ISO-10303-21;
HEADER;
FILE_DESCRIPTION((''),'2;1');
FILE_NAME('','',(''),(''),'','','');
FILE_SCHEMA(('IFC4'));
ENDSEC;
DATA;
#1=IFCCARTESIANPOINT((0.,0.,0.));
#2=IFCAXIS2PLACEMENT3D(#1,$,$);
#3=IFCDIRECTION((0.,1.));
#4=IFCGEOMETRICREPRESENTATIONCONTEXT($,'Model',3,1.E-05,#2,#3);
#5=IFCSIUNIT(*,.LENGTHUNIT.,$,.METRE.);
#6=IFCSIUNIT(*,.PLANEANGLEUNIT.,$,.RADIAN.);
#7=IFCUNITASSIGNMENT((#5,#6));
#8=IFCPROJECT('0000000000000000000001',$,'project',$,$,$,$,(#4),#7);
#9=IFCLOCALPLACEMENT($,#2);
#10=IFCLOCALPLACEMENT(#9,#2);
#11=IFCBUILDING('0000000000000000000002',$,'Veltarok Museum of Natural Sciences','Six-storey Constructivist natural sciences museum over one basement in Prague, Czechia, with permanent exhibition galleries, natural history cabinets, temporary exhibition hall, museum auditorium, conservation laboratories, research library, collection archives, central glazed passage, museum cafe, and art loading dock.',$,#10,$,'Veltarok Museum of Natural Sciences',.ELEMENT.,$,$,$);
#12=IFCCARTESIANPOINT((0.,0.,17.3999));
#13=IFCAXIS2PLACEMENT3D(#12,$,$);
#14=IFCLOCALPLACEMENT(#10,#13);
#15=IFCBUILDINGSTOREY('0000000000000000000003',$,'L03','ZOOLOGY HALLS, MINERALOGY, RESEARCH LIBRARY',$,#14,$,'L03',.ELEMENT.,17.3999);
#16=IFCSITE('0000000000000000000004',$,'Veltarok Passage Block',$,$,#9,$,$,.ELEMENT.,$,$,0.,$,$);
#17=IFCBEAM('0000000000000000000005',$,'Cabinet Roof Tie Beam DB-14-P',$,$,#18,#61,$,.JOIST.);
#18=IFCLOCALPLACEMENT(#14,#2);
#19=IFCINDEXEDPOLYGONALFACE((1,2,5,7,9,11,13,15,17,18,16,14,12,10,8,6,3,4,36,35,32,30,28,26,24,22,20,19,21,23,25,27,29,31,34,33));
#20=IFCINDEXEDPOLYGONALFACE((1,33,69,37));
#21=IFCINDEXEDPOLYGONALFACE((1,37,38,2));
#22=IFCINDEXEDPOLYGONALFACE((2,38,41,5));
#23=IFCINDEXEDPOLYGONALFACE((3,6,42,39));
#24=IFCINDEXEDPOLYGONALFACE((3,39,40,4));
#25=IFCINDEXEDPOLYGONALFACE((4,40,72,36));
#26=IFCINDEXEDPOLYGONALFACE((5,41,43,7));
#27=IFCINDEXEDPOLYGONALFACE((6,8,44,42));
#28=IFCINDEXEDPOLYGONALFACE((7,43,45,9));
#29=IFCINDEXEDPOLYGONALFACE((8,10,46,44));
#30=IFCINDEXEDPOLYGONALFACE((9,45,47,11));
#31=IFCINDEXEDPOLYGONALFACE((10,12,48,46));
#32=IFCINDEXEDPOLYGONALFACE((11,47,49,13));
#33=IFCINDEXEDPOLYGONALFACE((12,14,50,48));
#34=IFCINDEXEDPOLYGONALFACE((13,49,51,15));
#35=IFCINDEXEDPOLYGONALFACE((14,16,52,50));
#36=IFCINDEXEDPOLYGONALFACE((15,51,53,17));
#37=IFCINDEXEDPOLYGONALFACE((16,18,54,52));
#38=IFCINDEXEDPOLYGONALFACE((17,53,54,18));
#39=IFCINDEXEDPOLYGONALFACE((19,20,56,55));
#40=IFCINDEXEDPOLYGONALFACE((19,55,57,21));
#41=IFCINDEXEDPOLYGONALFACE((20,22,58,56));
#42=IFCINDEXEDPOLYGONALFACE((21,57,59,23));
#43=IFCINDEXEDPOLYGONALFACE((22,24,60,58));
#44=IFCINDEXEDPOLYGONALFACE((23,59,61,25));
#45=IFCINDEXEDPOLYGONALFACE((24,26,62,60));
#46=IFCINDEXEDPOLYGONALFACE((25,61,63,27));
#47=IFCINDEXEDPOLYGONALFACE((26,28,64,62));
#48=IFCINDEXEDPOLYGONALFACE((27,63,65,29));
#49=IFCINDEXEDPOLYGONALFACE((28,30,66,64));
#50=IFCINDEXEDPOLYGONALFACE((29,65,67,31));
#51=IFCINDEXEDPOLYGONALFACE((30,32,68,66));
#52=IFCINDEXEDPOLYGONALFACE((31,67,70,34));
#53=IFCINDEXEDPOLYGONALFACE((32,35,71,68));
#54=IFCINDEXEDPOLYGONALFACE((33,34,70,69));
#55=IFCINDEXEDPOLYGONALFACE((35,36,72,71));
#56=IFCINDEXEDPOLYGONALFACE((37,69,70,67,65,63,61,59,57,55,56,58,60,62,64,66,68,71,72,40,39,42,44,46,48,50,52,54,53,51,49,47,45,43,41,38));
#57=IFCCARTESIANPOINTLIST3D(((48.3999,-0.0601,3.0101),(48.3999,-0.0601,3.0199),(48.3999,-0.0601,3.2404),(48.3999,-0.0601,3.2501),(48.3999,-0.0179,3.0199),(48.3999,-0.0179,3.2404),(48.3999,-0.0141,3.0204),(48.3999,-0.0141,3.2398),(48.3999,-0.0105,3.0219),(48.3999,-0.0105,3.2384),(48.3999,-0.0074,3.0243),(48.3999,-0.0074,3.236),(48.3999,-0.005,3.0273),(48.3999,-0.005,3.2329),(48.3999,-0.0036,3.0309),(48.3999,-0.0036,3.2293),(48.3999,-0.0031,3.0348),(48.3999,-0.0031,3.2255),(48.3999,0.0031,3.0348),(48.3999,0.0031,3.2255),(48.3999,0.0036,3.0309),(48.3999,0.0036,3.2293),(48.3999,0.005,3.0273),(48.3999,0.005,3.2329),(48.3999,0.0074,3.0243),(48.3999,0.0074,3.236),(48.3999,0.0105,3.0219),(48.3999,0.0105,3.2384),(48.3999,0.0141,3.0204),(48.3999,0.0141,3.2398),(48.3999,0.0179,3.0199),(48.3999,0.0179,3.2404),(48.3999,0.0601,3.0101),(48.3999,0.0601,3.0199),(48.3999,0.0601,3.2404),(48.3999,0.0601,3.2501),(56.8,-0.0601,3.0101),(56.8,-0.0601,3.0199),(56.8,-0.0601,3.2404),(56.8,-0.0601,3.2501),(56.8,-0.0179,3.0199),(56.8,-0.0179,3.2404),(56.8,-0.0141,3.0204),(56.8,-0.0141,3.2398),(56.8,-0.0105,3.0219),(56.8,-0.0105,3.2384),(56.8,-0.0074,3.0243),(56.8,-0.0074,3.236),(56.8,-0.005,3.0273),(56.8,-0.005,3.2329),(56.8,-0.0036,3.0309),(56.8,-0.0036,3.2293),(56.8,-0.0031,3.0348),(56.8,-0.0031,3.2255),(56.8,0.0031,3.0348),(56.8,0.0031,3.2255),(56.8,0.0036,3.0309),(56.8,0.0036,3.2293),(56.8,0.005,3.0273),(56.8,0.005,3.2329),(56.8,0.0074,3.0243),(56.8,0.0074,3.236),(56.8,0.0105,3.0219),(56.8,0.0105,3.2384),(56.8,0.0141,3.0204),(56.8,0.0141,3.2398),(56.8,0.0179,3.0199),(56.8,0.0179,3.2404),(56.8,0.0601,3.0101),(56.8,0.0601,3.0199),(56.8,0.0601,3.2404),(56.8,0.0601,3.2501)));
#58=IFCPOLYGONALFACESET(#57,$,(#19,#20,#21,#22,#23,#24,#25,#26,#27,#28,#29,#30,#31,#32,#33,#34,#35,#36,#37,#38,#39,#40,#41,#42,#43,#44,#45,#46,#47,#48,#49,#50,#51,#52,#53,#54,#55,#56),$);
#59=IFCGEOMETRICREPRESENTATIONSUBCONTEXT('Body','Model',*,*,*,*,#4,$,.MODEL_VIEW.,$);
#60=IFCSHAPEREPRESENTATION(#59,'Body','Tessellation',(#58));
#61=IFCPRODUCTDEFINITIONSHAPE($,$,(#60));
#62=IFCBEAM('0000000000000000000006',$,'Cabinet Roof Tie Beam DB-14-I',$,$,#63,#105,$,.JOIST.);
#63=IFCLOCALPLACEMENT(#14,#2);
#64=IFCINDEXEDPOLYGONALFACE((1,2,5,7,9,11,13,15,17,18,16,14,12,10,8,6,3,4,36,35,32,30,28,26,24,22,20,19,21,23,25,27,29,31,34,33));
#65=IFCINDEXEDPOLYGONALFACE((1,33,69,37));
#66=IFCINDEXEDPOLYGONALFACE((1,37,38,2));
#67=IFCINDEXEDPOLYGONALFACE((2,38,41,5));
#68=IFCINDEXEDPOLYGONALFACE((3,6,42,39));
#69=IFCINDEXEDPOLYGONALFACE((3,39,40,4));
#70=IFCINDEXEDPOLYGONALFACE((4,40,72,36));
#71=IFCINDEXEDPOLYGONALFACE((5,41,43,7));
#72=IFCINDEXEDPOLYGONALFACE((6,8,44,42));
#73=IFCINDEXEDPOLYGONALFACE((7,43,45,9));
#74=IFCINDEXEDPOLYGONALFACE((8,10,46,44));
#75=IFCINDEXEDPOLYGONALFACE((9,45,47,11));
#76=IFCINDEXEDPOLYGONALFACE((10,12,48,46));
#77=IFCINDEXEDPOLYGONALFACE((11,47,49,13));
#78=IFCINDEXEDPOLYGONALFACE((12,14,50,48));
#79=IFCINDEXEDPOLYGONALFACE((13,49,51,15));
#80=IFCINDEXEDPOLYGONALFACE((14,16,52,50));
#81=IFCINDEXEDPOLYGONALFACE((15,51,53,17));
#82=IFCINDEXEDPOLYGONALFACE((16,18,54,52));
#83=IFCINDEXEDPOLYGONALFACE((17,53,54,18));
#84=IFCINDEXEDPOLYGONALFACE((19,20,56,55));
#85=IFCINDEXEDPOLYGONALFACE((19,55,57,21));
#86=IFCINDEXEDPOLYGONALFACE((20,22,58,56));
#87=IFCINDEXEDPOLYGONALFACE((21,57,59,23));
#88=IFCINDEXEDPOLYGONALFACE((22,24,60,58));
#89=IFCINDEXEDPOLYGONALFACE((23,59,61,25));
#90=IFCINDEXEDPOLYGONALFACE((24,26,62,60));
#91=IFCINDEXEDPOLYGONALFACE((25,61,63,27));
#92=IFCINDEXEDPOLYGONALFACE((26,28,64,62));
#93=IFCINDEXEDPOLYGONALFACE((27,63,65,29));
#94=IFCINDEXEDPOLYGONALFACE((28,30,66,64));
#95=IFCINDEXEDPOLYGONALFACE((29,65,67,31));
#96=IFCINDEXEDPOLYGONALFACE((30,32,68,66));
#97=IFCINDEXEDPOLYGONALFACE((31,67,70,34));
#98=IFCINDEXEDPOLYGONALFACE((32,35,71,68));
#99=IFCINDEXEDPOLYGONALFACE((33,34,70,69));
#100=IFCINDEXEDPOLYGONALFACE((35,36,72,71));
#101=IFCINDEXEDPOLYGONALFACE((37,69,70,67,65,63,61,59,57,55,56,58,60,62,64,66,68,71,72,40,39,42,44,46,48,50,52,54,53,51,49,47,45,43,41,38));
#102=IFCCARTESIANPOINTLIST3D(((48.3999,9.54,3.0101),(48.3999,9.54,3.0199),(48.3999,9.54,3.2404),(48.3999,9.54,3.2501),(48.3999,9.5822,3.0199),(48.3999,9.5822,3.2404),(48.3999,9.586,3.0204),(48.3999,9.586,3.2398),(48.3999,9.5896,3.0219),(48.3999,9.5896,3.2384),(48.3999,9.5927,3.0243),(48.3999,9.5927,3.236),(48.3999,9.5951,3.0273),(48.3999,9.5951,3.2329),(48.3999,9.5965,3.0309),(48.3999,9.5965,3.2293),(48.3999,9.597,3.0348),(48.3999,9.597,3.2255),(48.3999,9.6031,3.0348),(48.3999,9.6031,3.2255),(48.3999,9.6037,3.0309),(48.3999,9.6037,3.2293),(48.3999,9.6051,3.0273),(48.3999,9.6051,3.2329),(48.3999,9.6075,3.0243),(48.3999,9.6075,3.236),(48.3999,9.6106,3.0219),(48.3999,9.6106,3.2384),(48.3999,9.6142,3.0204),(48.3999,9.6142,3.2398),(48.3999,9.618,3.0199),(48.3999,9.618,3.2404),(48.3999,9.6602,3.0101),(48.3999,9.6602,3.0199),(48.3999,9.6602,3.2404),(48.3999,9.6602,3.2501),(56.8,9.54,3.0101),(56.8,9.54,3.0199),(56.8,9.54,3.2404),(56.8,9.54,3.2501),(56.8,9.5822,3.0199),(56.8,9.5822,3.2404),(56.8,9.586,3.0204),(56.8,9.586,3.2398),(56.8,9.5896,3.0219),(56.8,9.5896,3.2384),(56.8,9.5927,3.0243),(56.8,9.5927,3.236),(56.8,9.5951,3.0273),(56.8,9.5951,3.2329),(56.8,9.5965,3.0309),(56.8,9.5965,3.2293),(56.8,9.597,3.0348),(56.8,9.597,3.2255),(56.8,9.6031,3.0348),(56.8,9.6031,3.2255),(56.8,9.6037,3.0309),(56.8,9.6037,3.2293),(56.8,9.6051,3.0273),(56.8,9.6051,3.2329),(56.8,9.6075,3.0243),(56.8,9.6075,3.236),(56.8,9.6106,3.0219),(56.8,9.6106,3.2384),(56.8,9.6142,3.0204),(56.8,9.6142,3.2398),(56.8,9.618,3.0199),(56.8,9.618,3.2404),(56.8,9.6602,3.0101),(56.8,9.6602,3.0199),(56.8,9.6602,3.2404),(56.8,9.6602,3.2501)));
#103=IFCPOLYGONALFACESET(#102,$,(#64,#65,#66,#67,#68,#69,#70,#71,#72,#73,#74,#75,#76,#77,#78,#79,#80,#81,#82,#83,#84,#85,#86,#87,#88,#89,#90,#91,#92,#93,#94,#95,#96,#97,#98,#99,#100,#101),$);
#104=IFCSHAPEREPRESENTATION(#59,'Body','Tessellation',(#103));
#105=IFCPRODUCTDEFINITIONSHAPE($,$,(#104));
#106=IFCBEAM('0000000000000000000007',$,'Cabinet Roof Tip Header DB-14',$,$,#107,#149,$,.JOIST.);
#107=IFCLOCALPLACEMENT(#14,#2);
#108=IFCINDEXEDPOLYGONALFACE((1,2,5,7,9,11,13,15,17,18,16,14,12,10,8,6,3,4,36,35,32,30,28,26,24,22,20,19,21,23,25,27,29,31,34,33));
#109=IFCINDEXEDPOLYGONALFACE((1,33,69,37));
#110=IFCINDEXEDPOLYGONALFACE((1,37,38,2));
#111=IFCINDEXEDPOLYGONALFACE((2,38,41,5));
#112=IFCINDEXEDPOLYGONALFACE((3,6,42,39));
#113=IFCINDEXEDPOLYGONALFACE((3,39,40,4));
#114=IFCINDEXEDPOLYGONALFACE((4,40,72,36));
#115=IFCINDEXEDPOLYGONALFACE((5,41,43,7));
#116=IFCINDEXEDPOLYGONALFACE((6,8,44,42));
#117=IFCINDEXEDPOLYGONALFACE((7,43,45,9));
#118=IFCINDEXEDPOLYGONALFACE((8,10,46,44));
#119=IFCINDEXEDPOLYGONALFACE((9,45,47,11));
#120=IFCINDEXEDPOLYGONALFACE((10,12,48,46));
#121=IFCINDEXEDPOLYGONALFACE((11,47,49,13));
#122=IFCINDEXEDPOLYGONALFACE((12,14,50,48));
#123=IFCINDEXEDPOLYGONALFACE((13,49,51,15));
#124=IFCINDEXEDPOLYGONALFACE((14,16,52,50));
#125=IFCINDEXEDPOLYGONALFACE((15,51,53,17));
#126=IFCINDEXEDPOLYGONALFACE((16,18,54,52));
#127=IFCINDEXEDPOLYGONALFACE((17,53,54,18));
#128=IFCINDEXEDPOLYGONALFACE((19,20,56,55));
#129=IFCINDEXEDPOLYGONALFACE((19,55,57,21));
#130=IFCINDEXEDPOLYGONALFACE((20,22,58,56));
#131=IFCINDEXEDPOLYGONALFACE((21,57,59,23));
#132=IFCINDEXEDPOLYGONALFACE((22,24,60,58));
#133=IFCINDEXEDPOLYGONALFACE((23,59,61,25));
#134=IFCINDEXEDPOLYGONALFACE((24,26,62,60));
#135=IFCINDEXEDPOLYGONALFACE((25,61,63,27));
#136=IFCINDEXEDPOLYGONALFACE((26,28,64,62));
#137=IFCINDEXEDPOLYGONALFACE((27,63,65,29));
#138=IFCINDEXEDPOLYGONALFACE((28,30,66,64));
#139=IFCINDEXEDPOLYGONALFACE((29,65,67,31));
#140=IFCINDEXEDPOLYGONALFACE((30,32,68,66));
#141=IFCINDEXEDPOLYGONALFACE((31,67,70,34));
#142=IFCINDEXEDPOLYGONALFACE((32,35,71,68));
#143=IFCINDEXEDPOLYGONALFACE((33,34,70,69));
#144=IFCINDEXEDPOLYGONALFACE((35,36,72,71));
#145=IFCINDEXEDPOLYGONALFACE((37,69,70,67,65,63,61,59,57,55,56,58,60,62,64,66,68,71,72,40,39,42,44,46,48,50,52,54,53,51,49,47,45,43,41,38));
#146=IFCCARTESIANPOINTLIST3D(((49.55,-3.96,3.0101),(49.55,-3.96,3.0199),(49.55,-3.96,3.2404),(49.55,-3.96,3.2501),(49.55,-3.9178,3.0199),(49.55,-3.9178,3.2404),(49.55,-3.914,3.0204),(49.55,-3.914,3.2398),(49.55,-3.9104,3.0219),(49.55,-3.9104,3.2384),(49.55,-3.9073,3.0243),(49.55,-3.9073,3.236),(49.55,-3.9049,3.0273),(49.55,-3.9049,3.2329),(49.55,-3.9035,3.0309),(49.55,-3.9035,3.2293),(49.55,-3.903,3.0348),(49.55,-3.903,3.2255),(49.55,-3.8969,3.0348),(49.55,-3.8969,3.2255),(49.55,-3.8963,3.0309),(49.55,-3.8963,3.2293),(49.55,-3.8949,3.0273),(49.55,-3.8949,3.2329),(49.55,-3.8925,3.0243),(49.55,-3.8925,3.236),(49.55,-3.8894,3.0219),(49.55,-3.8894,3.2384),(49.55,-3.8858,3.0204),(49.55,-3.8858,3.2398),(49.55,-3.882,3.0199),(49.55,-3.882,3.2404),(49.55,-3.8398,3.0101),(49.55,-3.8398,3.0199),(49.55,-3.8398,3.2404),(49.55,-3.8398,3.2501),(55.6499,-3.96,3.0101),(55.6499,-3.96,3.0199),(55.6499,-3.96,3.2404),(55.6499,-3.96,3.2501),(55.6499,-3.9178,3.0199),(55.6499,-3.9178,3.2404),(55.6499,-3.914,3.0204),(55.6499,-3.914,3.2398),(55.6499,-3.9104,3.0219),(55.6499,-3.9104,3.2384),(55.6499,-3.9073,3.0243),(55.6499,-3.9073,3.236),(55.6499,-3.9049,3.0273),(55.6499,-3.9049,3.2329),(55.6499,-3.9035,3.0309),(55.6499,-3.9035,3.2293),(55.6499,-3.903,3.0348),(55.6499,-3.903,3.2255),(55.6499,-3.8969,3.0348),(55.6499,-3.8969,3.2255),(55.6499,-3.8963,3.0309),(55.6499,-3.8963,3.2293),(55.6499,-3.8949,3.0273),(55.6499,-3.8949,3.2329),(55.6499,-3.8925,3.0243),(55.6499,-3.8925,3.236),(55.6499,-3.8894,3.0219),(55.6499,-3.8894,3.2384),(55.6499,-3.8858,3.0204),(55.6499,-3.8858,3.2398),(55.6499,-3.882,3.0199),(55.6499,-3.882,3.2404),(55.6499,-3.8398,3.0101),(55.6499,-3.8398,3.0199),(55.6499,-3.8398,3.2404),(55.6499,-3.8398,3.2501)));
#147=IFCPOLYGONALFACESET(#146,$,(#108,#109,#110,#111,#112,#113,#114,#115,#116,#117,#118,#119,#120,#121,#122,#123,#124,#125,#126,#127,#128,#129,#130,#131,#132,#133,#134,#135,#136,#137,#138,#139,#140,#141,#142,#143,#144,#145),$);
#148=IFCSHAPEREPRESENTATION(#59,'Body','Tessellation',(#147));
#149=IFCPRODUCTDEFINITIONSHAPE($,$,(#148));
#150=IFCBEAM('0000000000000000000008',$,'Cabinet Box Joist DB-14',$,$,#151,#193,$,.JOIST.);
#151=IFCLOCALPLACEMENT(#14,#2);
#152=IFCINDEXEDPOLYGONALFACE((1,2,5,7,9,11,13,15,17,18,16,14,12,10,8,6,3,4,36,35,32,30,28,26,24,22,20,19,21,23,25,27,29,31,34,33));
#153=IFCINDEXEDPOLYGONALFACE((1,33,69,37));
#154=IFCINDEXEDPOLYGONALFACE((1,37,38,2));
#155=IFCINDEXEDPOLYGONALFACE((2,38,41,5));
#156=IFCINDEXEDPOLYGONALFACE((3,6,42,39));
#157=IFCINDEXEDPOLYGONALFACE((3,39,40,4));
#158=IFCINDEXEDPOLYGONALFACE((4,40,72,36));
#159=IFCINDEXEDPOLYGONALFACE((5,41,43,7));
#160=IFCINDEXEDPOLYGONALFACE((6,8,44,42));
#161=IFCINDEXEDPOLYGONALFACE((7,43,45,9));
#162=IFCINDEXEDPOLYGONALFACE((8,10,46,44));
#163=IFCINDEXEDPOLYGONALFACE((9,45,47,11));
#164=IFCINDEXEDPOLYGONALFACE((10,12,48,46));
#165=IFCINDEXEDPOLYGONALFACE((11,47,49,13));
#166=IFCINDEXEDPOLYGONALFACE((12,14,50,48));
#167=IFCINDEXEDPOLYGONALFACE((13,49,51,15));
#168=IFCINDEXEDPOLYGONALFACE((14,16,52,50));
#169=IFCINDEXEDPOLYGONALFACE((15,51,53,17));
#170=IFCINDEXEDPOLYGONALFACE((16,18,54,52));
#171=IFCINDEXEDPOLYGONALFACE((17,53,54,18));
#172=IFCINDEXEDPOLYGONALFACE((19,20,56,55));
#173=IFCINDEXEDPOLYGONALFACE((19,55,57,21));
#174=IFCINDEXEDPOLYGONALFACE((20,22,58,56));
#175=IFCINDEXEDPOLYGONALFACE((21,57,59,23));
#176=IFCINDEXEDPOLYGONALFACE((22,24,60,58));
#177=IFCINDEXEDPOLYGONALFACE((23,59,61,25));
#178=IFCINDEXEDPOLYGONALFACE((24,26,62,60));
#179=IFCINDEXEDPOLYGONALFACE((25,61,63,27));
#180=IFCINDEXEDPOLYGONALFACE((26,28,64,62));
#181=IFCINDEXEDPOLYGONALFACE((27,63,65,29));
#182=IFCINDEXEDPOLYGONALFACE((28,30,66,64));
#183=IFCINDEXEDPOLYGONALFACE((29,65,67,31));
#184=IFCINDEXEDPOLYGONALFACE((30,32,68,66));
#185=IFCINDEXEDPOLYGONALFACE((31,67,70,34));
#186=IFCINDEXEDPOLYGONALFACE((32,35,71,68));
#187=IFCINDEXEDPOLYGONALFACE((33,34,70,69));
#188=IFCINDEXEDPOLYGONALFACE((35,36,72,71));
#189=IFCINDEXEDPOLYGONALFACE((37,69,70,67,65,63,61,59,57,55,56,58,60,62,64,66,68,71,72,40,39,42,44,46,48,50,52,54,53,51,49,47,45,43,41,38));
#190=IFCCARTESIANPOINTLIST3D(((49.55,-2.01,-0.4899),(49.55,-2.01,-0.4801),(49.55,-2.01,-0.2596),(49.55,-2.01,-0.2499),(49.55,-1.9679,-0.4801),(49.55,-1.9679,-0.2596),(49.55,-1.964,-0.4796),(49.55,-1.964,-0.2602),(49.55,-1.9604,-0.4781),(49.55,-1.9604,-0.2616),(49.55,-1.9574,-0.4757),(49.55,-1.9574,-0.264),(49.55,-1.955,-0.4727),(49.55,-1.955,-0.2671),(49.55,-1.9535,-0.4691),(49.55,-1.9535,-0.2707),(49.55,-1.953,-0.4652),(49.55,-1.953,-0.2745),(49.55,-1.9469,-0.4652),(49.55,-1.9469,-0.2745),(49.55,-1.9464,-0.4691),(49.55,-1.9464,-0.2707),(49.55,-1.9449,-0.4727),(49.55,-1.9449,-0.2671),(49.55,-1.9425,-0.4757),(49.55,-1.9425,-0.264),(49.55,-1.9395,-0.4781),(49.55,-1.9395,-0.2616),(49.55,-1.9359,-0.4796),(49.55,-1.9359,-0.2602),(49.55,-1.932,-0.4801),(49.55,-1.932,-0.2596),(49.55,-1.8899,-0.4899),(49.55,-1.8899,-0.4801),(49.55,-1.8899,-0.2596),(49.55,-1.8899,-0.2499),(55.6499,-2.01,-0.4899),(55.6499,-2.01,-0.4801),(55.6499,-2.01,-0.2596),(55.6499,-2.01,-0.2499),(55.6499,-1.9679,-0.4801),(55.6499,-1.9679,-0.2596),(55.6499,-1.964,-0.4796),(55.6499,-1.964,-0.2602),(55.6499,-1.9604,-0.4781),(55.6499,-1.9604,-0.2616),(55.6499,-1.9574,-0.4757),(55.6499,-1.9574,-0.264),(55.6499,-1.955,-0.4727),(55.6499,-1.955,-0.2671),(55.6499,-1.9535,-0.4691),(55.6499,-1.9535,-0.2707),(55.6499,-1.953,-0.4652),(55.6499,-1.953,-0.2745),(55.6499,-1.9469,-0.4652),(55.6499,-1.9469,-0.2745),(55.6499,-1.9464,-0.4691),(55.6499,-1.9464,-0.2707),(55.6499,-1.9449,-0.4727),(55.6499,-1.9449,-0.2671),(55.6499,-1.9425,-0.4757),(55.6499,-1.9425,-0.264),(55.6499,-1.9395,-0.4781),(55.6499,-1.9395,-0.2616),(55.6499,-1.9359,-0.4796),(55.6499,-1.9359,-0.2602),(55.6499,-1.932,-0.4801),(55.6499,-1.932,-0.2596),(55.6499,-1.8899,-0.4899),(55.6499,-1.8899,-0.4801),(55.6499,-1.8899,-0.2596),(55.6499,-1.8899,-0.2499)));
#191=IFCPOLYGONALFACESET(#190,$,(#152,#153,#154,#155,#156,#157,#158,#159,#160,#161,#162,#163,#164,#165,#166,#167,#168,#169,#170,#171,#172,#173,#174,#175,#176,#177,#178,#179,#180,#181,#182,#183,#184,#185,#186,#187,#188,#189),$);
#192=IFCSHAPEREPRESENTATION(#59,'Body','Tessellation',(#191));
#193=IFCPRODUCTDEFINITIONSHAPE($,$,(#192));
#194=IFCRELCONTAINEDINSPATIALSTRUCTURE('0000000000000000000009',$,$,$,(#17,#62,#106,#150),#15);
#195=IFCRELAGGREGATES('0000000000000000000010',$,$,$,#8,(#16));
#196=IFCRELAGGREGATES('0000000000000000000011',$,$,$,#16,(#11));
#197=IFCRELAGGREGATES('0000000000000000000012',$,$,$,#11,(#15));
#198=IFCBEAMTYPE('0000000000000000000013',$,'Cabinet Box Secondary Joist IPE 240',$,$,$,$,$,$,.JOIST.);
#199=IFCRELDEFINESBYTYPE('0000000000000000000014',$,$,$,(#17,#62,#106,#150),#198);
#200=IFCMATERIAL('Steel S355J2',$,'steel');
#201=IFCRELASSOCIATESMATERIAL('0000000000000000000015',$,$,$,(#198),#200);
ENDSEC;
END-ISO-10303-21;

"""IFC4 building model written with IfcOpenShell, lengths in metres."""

from ifc_helpers import new_model, si_unit, direction, frame, origin, origin_2d, place, context, subcontext, project, spatial, i_section, extrude, material, material_profile, profile_set, type_object, element, save


model = new_model("IFC4")

# Units and contexts
model_context = context("Model", 3, precision=1e-05, world=origin(), true_north=direction((0.0, 1.0)))
body_context = subcontext(model_context, "Body", "Model", "MODEL_VIEW")
ifc_project = project(units=[si_unit("LENGTHUNIT", "METRE"), si_unit("PLANEANGLEUNIT", "RADIAN")], contexts=[model_context])

# Site, building, storey
site_placement = place(None, origin())
site = spatial("IfcSite", under=ifc_project, at=site_placement, Name="Veltarok Passage Block", CompositionType="ELEMENT", RefElevation=0.0)
building_placement = place(site_placement, origin())
building = spatial("IfcBuilding", under=site, at=building_placement, Name="Veltarok Museum of Natural Sciences", Description="Six-storey Constructivist natural sciences museum over one basement in Prague, Czechia, with permanent exhibition galleries, natural history cabinets, temporary exhibition hall, museum auditorium, conservation laboratories, research library, collection archives, central glazed passage, museum cafe, and art loading dock.", LongName="Veltarok Museum of Natural Sciences", CompositionType="ELEMENT")
storey_placement = place(building_placement, frame((0.0, 0.0, 17.3999)))
storey = spatial("IfcBuildingStorey", under=building, at=storey_placement, Name="L03", Description="ZOOLOGY HALLS, MINERALOGY, RESEARCH LIBRARY", LongName="L03", CompositionType="ELEMENT", Elevation=17.3999)

# Shared definitions
ifc_material_1 = material(Name="Steel S355J2", Category="steel")

# Beams
ifc_material_profile_1 = material_profile(ifc_material_1, i_section(OverallWidth=0.1201, OverallDepth=0.24, WebThickness=0.0061, FlangeThickness=0.0098, FilletRadius=0.0149, at=origin_2d()), Name="IPE 240")
ifc_profile_set_1 = profile_set([ifc_material_profile_1], Name="Steel S355J2")
beam_type_1 = type_object("IfcBeamType", Name="Cabinet Box Secondary Joist IPE 240", PredefinedType="JOIST", material=ifc_profile_set_1)
for number, where, z_axis, x_axis, name in (
    (1, (48.3999, 0.0, 3.1301), (1.0, 0.0, 0.0), (0.0, 1.0, 0.0), "Cabinet Roof Tie Beam DB-14-P"),
    (2, (48.3999, 9.6001, 3.1301), (1.0, 0.0, 0.0), (0.0, 1.0, 0.0), "Cabinet Roof Tie Beam DB-14-I"),
):
    element("IfcBeam", number, at=place(storey_placement, frame(where, z_axis=z_axis, x_axis=x_axis)), inside=storey, type_object=beam_type_1, Name=name, PredefinedType="JOIST", context=body_context, shape_type="SweptSolid", body=[
        extrude(i_section(OverallWidth=0.1201, OverallDepth=0.24, WebThickness=0.0061, FlangeThickness=0.0098, FilletRadius=0.0149, at=origin_2d()), origin(), (0.0, 0.0, 1.0), 8.4001),
    ])
for number, where, z_axis, x_axis, name in (
    (3, (49.55, -3.8999, 3.1301), (1.0, 0.0, 0.0), (0.0, 1.0, 0.0), "Cabinet Roof Tip Header DB-14"),
    (4, (49.55, -1.95, -0.3699), (1.0, 0.0, 0.0), (0.0, 1.0, 0.0), "Cabinet Box Joist DB-14"),
):
    element("IfcBeam", number, at=place(storey_placement, frame(where, z_axis=z_axis, x_axis=x_axis)), inside=storey, type_object=beam_type_1, Name=name, PredefinedType="JOIST", context=body_context, shape_type="SweptSolid", body=[
        extrude(i_section(OverallWidth=0.1201, OverallDepth=0.24, WebThickness=0.0061, FlangeThickness=0.0098, FilletRadius=0.0149, at=origin_2d()), origin(), (0.0, 0.0, 1.0), 6.0999),
    ])

save(model, "model.ifc")
